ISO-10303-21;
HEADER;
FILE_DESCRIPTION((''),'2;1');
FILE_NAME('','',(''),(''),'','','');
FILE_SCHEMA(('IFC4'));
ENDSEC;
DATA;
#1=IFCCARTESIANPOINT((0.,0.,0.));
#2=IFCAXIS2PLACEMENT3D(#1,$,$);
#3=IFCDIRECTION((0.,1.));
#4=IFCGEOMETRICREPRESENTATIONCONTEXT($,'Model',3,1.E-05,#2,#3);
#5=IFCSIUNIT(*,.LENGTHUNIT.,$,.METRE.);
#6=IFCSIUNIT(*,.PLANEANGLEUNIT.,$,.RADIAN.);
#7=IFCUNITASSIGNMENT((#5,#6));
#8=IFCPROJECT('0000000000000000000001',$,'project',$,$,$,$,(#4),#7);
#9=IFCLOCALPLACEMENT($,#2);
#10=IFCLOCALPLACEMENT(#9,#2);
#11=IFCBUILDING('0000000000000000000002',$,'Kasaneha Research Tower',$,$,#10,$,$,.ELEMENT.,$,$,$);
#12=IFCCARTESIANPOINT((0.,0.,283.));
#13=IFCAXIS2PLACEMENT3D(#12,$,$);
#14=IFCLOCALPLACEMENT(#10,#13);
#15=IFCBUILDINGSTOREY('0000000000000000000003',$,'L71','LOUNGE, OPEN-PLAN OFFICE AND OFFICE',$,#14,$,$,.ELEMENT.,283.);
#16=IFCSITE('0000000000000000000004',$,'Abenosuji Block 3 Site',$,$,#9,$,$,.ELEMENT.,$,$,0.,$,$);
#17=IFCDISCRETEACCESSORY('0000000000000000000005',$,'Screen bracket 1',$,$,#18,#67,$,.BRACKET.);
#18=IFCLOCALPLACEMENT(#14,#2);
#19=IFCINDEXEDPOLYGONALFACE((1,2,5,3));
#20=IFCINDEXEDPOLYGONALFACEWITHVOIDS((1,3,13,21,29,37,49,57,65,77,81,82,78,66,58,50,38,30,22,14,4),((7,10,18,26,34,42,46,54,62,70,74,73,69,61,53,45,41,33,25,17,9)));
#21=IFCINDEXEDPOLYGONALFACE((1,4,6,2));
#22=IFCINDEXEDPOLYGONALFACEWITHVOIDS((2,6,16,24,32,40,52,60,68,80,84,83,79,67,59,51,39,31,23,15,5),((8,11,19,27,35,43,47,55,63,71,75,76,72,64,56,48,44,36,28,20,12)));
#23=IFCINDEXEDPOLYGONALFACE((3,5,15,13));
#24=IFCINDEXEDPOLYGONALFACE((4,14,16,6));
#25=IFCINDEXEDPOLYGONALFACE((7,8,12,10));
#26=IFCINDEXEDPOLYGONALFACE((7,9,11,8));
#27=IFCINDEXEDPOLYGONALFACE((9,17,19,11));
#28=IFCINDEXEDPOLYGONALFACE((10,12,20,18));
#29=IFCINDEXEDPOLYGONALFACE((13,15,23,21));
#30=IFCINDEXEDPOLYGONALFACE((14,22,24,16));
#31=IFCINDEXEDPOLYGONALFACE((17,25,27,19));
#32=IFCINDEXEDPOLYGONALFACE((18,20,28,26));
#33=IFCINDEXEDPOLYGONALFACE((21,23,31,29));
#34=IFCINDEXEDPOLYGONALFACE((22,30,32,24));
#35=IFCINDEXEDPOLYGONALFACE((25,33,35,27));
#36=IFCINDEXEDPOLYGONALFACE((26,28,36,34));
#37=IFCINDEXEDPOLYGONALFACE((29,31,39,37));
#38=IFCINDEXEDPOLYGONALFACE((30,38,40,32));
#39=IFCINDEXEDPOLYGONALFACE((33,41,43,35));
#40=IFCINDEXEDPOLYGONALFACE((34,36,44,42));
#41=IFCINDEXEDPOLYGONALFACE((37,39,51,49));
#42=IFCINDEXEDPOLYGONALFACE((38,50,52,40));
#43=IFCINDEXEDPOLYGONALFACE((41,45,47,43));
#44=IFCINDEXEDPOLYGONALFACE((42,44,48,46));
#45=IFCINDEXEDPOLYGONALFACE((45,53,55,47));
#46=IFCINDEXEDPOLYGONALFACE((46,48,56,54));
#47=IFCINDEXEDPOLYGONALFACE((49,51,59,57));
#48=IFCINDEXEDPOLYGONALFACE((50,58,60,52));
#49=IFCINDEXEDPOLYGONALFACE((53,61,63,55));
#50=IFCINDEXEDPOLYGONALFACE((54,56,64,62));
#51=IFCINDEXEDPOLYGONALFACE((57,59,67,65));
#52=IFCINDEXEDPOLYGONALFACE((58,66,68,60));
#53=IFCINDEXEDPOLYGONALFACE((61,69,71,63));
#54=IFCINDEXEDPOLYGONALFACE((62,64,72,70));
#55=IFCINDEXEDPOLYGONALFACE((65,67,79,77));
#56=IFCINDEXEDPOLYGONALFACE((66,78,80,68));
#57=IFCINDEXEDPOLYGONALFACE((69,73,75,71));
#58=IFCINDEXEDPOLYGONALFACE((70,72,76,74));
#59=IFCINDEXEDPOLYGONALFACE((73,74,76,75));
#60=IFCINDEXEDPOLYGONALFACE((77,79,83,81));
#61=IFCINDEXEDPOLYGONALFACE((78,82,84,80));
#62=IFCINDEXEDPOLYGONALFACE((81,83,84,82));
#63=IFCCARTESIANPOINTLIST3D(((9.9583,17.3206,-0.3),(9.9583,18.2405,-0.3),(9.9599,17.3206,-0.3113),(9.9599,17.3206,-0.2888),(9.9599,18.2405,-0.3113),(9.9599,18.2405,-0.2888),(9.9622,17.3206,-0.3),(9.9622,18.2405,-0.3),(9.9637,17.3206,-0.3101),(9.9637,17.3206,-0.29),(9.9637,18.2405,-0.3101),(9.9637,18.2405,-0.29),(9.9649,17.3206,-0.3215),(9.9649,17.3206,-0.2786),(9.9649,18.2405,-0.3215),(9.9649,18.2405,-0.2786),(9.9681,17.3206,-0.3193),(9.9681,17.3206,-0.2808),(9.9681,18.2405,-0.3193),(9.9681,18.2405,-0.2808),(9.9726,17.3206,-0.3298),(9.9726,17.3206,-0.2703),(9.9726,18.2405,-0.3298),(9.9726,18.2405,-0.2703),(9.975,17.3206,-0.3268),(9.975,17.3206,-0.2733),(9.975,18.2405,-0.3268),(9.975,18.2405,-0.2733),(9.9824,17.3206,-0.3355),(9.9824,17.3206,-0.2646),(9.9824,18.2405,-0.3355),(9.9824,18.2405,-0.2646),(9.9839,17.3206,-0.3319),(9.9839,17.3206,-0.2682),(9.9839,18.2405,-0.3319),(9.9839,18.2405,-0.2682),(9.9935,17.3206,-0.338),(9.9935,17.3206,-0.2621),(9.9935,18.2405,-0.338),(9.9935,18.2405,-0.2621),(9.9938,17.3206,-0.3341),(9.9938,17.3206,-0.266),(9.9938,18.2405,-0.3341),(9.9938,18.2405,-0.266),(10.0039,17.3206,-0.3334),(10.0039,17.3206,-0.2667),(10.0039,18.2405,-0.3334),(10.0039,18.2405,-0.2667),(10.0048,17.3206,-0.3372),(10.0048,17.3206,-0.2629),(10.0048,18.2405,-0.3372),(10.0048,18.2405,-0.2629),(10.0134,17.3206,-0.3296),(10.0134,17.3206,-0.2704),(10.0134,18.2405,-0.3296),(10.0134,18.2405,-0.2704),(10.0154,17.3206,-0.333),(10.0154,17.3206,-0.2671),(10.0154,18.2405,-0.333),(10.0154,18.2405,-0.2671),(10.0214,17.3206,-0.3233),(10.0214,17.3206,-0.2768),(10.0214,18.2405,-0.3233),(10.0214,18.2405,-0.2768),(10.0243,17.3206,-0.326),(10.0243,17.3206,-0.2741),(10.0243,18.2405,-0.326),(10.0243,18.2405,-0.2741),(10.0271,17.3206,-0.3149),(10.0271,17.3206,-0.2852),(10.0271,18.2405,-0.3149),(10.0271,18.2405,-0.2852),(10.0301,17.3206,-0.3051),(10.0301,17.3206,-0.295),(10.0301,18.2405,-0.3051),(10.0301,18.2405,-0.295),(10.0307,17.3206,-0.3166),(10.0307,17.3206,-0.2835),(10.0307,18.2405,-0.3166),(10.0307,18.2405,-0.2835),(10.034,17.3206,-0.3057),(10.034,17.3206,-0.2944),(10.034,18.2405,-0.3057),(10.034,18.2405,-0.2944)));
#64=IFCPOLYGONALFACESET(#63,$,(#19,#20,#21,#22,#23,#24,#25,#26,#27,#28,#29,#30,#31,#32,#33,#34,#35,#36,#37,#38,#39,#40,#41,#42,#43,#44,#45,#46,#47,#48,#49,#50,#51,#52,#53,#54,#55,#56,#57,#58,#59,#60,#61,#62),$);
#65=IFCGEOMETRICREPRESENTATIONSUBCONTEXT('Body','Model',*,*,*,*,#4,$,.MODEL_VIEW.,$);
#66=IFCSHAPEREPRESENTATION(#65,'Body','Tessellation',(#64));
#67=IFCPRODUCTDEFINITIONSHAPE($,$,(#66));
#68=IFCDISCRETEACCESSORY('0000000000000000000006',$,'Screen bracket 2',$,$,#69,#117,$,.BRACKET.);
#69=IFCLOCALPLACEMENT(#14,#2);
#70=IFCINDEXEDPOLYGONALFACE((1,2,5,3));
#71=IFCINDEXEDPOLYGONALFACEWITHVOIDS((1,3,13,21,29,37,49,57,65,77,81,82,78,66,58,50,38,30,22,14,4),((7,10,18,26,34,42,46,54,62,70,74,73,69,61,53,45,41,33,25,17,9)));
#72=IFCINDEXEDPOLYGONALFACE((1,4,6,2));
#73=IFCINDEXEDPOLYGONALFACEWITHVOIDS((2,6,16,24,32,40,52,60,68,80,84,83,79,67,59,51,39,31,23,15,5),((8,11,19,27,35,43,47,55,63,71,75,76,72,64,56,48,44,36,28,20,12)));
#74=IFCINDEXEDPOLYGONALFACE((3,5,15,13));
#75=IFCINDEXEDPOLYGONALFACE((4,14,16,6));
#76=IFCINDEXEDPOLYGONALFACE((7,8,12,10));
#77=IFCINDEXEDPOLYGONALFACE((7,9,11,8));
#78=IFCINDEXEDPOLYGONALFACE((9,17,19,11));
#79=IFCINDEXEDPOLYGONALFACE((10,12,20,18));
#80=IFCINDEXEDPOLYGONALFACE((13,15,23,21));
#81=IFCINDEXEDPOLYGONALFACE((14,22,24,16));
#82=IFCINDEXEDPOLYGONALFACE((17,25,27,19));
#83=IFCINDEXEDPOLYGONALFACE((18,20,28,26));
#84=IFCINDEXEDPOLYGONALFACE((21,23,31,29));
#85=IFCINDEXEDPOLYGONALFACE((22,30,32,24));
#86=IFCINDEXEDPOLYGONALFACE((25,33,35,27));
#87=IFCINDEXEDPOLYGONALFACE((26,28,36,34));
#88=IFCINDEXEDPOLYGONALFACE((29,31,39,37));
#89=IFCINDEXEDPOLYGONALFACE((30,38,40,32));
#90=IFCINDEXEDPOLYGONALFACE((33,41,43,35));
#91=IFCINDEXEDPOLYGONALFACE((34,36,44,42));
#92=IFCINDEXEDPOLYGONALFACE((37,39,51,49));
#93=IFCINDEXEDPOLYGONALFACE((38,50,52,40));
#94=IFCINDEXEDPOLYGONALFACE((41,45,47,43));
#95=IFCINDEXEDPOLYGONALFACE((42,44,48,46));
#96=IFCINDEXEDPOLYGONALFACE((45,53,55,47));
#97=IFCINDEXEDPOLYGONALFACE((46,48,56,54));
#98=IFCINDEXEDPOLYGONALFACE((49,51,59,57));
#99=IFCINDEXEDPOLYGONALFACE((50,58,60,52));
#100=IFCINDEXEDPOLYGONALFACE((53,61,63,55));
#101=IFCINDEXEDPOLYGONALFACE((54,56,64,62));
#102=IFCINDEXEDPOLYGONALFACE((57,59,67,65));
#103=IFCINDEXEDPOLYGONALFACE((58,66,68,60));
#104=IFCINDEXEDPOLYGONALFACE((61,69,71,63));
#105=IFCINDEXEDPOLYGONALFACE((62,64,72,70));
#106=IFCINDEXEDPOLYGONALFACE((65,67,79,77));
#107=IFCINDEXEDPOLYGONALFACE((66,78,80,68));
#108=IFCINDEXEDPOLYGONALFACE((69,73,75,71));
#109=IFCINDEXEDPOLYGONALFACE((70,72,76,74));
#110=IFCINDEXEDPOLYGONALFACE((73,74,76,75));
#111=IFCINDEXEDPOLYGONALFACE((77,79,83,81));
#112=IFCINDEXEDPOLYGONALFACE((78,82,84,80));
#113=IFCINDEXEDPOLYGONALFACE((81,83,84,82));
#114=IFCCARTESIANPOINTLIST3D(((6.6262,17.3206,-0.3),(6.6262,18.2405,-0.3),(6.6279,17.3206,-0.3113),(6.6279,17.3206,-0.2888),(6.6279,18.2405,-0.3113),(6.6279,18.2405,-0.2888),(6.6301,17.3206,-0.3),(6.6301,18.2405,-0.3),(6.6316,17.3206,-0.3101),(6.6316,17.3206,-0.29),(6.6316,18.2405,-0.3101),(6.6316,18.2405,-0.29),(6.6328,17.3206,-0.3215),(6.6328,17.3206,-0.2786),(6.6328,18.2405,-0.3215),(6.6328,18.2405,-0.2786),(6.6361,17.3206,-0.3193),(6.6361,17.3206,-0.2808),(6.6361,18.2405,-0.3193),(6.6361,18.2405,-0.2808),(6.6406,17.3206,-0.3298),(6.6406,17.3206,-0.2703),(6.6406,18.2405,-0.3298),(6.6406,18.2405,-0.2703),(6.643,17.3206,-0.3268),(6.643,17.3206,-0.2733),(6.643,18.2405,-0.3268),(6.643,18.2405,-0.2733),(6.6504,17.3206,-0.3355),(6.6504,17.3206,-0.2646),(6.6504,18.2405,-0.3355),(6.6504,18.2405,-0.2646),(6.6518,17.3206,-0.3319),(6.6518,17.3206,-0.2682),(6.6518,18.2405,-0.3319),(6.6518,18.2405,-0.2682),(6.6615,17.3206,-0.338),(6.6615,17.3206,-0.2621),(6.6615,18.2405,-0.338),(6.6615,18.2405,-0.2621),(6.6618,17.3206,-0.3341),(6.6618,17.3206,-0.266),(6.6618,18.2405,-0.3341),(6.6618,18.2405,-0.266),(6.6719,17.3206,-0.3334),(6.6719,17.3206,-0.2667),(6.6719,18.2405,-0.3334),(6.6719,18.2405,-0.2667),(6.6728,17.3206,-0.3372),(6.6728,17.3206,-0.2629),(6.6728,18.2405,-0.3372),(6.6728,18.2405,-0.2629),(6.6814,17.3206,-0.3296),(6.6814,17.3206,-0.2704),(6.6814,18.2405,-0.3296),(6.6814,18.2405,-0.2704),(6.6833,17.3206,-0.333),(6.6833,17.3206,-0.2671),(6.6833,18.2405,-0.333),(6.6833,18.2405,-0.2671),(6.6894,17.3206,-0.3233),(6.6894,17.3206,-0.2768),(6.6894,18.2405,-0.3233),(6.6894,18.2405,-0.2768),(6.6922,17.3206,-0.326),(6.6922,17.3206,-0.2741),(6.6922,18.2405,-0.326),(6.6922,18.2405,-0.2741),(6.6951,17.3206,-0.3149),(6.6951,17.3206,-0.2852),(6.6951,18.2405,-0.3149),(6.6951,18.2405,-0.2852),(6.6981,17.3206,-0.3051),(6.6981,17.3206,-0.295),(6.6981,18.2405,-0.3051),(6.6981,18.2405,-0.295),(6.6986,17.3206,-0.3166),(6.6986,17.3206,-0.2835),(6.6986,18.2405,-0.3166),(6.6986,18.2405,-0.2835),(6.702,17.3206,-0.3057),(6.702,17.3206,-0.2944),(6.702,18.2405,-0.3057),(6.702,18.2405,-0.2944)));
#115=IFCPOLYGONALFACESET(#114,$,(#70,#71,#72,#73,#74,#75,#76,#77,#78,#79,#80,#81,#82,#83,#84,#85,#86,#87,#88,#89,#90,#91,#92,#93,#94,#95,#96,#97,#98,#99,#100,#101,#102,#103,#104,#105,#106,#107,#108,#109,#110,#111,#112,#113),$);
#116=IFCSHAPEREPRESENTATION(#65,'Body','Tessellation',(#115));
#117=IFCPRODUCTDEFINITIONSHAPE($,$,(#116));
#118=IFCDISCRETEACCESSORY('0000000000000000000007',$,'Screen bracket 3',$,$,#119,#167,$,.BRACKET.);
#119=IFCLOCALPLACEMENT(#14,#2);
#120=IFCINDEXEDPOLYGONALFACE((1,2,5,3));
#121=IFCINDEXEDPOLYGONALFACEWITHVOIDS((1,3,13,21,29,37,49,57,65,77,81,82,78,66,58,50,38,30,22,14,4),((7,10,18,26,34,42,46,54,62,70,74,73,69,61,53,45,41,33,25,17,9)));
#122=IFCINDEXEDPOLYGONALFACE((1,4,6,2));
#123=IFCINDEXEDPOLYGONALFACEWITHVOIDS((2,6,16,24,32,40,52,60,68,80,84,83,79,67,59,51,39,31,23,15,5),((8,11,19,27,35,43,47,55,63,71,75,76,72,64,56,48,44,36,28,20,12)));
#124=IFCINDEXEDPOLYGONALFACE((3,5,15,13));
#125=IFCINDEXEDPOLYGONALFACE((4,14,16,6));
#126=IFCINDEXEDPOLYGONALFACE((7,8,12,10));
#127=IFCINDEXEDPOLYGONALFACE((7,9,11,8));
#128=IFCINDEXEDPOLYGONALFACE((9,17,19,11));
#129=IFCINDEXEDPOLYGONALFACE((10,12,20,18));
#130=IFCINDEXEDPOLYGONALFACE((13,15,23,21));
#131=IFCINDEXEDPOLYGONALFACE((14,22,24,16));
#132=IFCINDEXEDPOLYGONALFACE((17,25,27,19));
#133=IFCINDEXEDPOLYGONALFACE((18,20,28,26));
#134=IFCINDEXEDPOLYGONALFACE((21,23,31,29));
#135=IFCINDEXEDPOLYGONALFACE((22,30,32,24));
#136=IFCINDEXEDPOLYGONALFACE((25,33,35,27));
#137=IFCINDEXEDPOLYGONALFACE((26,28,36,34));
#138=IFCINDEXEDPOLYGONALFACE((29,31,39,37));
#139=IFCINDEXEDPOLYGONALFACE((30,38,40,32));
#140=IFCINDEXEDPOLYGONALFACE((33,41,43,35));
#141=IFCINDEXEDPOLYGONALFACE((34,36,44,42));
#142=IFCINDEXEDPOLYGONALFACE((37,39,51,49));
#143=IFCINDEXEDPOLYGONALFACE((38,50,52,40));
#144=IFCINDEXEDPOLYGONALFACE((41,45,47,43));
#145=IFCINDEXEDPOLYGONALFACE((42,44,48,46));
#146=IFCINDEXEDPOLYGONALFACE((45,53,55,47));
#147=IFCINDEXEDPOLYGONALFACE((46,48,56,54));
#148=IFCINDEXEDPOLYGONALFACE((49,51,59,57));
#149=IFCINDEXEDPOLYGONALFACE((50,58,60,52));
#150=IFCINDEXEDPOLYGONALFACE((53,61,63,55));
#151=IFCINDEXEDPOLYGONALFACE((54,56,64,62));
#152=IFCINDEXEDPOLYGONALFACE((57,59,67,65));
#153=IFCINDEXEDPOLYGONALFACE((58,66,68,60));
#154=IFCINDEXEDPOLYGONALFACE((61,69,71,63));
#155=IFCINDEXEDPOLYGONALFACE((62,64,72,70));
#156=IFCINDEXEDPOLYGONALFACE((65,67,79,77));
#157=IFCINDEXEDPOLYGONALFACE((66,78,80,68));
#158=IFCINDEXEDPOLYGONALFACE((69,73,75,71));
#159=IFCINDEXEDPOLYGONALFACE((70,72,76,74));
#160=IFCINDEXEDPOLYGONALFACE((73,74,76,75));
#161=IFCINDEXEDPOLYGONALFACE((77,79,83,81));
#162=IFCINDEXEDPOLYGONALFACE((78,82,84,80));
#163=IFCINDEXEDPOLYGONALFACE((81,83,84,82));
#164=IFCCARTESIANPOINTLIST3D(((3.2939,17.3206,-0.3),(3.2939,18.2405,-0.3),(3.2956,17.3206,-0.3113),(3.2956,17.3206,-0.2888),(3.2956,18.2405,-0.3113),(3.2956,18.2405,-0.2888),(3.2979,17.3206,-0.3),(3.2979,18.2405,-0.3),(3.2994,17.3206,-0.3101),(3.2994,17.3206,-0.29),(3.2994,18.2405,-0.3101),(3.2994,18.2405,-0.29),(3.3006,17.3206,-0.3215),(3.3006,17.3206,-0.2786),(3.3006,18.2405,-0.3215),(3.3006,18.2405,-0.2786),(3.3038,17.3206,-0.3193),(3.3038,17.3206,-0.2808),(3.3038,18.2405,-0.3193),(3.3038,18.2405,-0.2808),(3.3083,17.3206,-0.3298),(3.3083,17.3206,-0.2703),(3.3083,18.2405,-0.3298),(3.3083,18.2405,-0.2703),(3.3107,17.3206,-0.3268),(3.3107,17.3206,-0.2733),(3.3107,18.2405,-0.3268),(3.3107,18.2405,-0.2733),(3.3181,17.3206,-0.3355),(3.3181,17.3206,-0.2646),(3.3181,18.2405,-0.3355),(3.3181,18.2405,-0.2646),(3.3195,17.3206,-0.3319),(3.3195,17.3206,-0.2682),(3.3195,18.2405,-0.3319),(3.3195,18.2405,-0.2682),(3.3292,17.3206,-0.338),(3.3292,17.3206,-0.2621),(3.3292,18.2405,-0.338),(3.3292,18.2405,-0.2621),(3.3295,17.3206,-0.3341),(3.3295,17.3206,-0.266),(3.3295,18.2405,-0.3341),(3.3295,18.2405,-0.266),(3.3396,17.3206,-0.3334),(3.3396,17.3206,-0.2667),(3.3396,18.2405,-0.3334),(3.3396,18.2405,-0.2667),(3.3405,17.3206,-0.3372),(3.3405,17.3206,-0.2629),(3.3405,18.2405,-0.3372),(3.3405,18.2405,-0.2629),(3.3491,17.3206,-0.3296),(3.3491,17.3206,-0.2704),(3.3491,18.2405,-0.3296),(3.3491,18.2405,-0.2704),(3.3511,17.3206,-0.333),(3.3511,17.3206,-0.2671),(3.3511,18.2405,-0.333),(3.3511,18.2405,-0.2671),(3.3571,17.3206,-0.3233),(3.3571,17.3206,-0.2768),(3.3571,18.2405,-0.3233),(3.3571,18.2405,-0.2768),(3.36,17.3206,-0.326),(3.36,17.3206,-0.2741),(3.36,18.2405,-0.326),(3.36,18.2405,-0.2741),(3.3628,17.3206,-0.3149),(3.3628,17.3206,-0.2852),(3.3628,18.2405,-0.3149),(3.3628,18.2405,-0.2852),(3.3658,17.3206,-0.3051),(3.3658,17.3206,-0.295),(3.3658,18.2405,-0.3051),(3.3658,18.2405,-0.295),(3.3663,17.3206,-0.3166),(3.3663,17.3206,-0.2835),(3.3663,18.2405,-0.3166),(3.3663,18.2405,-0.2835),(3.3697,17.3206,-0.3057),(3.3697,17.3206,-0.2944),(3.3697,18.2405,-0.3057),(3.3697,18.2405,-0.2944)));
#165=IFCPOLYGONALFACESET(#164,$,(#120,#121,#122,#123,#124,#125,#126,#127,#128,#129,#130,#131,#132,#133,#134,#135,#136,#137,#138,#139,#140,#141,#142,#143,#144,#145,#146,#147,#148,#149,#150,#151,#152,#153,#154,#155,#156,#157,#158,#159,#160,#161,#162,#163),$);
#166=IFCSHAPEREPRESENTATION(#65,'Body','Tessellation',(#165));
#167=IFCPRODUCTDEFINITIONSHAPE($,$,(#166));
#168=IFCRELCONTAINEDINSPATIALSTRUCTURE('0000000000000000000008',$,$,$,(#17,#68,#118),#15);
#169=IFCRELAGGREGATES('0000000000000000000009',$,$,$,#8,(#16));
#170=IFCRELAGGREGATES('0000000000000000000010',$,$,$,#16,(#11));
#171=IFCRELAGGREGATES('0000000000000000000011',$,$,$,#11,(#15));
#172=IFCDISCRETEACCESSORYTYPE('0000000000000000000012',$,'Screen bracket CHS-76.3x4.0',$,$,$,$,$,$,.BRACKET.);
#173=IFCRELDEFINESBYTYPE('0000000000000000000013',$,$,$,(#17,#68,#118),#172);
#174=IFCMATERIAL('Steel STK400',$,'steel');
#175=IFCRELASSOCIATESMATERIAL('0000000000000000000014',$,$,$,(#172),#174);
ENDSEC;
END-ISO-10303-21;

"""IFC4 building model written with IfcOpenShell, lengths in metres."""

from ifc_helpers import new_model, si_unit, direction, frame, origin, origin_2d, place, context, subcontext, project, spatial, hollow_circle, extrude, material, material_profile, profile_set, type_object, element, save


model = new_model("IFC4")

# Units and contexts
model_context = context("Model", 3, precision=1e-05, world=origin(), true_north=direction((0.0, 1.0)))
body_context = subcontext(model_context, "Body", "Model", "MODEL_VIEW")
ifc_project = project(units=[si_unit("LENGTHUNIT", "METRE"), si_unit("PLANEANGLEUNIT", "RADIAN")], contexts=[model_context])

# Site, building, storey
site_placement = place(None, origin())
site = spatial("IfcSite", under=ifc_project, at=site_placement, Name="Abenosuji Block 3 Site", CompositionType="ELEMENT", RefElevation=0.0)
building_placement = place(site_placement, origin())
building = spatial("IfcBuilding", under=site, at=building_placement, Name="Kasaneha Research Tower", CompositionType="ELEMENT")
storey_placement = place(building_placement, frame((0.0, 0.0, 283.0)))
storey = spatial("IfcBuildingStorey", under=building, at=storey_placement, Name="L71", Description="LOUNGE, OPEN-PLAN OFFICE AND OFFICE", CompositionType="ELEMENT", Elevation=283.0)

# Discrete accessories
ifc_material_1 = material(Name="Steel STK400", Category="steel")
ifc_material_profile_1 = material_profile(ifc_material_1, hollow_circle(Radius=0.0381, WallThickness=0.0039, at=origin_2d()), Name="CHS-76.3x4.0")
ifc_profile_set_1 = profile_set([ifc_material_profile_1], Name="Steel STK400")
discrete_accessory_type = type_object("IfcDiscreteAccessoryType", Name="Screen bracket CHS-76.3x4.0", PredefinedType="BRACKET", material=ifc_profile_set_1)
for number, where, z_axis, x_axis, name in (
    (1, (9.9963, 17.3206, -0.3), (0.0, 1.0, 0.0), (-1.0, 0.0, 0.0), "Screen bracket 1"),
    (2, (6.6643, 17.3206, -0.3), (0.0, 1.0, 0.0), (-1.0, 0.0, 0.0), "Screen bracket 2"),
    (3, (3.332, 17.3206, -0.3), (0.0, 1.0, 0.0), (-1.0, 0.0, 0.0), "Screen bracket 3"),
):
    element("IfcDiscreteAccessory", number, at=place(storey_placement, frame(where, z_axis=z_axis, x_axis=x_axis)), inside=storey, type_object=discrete_accessory_type, Name=name, PredefinedType="BRACKET", context=body_context, shape_type="SweptSolid", body=[
        extrude(hollow_circle(Radius=0.0381, WallThickness=0.0039, at=origin_2d()), origin(), (0.0, 0.0, 1.0), 0.9199),
    ])

save(model, "model.ifc")
